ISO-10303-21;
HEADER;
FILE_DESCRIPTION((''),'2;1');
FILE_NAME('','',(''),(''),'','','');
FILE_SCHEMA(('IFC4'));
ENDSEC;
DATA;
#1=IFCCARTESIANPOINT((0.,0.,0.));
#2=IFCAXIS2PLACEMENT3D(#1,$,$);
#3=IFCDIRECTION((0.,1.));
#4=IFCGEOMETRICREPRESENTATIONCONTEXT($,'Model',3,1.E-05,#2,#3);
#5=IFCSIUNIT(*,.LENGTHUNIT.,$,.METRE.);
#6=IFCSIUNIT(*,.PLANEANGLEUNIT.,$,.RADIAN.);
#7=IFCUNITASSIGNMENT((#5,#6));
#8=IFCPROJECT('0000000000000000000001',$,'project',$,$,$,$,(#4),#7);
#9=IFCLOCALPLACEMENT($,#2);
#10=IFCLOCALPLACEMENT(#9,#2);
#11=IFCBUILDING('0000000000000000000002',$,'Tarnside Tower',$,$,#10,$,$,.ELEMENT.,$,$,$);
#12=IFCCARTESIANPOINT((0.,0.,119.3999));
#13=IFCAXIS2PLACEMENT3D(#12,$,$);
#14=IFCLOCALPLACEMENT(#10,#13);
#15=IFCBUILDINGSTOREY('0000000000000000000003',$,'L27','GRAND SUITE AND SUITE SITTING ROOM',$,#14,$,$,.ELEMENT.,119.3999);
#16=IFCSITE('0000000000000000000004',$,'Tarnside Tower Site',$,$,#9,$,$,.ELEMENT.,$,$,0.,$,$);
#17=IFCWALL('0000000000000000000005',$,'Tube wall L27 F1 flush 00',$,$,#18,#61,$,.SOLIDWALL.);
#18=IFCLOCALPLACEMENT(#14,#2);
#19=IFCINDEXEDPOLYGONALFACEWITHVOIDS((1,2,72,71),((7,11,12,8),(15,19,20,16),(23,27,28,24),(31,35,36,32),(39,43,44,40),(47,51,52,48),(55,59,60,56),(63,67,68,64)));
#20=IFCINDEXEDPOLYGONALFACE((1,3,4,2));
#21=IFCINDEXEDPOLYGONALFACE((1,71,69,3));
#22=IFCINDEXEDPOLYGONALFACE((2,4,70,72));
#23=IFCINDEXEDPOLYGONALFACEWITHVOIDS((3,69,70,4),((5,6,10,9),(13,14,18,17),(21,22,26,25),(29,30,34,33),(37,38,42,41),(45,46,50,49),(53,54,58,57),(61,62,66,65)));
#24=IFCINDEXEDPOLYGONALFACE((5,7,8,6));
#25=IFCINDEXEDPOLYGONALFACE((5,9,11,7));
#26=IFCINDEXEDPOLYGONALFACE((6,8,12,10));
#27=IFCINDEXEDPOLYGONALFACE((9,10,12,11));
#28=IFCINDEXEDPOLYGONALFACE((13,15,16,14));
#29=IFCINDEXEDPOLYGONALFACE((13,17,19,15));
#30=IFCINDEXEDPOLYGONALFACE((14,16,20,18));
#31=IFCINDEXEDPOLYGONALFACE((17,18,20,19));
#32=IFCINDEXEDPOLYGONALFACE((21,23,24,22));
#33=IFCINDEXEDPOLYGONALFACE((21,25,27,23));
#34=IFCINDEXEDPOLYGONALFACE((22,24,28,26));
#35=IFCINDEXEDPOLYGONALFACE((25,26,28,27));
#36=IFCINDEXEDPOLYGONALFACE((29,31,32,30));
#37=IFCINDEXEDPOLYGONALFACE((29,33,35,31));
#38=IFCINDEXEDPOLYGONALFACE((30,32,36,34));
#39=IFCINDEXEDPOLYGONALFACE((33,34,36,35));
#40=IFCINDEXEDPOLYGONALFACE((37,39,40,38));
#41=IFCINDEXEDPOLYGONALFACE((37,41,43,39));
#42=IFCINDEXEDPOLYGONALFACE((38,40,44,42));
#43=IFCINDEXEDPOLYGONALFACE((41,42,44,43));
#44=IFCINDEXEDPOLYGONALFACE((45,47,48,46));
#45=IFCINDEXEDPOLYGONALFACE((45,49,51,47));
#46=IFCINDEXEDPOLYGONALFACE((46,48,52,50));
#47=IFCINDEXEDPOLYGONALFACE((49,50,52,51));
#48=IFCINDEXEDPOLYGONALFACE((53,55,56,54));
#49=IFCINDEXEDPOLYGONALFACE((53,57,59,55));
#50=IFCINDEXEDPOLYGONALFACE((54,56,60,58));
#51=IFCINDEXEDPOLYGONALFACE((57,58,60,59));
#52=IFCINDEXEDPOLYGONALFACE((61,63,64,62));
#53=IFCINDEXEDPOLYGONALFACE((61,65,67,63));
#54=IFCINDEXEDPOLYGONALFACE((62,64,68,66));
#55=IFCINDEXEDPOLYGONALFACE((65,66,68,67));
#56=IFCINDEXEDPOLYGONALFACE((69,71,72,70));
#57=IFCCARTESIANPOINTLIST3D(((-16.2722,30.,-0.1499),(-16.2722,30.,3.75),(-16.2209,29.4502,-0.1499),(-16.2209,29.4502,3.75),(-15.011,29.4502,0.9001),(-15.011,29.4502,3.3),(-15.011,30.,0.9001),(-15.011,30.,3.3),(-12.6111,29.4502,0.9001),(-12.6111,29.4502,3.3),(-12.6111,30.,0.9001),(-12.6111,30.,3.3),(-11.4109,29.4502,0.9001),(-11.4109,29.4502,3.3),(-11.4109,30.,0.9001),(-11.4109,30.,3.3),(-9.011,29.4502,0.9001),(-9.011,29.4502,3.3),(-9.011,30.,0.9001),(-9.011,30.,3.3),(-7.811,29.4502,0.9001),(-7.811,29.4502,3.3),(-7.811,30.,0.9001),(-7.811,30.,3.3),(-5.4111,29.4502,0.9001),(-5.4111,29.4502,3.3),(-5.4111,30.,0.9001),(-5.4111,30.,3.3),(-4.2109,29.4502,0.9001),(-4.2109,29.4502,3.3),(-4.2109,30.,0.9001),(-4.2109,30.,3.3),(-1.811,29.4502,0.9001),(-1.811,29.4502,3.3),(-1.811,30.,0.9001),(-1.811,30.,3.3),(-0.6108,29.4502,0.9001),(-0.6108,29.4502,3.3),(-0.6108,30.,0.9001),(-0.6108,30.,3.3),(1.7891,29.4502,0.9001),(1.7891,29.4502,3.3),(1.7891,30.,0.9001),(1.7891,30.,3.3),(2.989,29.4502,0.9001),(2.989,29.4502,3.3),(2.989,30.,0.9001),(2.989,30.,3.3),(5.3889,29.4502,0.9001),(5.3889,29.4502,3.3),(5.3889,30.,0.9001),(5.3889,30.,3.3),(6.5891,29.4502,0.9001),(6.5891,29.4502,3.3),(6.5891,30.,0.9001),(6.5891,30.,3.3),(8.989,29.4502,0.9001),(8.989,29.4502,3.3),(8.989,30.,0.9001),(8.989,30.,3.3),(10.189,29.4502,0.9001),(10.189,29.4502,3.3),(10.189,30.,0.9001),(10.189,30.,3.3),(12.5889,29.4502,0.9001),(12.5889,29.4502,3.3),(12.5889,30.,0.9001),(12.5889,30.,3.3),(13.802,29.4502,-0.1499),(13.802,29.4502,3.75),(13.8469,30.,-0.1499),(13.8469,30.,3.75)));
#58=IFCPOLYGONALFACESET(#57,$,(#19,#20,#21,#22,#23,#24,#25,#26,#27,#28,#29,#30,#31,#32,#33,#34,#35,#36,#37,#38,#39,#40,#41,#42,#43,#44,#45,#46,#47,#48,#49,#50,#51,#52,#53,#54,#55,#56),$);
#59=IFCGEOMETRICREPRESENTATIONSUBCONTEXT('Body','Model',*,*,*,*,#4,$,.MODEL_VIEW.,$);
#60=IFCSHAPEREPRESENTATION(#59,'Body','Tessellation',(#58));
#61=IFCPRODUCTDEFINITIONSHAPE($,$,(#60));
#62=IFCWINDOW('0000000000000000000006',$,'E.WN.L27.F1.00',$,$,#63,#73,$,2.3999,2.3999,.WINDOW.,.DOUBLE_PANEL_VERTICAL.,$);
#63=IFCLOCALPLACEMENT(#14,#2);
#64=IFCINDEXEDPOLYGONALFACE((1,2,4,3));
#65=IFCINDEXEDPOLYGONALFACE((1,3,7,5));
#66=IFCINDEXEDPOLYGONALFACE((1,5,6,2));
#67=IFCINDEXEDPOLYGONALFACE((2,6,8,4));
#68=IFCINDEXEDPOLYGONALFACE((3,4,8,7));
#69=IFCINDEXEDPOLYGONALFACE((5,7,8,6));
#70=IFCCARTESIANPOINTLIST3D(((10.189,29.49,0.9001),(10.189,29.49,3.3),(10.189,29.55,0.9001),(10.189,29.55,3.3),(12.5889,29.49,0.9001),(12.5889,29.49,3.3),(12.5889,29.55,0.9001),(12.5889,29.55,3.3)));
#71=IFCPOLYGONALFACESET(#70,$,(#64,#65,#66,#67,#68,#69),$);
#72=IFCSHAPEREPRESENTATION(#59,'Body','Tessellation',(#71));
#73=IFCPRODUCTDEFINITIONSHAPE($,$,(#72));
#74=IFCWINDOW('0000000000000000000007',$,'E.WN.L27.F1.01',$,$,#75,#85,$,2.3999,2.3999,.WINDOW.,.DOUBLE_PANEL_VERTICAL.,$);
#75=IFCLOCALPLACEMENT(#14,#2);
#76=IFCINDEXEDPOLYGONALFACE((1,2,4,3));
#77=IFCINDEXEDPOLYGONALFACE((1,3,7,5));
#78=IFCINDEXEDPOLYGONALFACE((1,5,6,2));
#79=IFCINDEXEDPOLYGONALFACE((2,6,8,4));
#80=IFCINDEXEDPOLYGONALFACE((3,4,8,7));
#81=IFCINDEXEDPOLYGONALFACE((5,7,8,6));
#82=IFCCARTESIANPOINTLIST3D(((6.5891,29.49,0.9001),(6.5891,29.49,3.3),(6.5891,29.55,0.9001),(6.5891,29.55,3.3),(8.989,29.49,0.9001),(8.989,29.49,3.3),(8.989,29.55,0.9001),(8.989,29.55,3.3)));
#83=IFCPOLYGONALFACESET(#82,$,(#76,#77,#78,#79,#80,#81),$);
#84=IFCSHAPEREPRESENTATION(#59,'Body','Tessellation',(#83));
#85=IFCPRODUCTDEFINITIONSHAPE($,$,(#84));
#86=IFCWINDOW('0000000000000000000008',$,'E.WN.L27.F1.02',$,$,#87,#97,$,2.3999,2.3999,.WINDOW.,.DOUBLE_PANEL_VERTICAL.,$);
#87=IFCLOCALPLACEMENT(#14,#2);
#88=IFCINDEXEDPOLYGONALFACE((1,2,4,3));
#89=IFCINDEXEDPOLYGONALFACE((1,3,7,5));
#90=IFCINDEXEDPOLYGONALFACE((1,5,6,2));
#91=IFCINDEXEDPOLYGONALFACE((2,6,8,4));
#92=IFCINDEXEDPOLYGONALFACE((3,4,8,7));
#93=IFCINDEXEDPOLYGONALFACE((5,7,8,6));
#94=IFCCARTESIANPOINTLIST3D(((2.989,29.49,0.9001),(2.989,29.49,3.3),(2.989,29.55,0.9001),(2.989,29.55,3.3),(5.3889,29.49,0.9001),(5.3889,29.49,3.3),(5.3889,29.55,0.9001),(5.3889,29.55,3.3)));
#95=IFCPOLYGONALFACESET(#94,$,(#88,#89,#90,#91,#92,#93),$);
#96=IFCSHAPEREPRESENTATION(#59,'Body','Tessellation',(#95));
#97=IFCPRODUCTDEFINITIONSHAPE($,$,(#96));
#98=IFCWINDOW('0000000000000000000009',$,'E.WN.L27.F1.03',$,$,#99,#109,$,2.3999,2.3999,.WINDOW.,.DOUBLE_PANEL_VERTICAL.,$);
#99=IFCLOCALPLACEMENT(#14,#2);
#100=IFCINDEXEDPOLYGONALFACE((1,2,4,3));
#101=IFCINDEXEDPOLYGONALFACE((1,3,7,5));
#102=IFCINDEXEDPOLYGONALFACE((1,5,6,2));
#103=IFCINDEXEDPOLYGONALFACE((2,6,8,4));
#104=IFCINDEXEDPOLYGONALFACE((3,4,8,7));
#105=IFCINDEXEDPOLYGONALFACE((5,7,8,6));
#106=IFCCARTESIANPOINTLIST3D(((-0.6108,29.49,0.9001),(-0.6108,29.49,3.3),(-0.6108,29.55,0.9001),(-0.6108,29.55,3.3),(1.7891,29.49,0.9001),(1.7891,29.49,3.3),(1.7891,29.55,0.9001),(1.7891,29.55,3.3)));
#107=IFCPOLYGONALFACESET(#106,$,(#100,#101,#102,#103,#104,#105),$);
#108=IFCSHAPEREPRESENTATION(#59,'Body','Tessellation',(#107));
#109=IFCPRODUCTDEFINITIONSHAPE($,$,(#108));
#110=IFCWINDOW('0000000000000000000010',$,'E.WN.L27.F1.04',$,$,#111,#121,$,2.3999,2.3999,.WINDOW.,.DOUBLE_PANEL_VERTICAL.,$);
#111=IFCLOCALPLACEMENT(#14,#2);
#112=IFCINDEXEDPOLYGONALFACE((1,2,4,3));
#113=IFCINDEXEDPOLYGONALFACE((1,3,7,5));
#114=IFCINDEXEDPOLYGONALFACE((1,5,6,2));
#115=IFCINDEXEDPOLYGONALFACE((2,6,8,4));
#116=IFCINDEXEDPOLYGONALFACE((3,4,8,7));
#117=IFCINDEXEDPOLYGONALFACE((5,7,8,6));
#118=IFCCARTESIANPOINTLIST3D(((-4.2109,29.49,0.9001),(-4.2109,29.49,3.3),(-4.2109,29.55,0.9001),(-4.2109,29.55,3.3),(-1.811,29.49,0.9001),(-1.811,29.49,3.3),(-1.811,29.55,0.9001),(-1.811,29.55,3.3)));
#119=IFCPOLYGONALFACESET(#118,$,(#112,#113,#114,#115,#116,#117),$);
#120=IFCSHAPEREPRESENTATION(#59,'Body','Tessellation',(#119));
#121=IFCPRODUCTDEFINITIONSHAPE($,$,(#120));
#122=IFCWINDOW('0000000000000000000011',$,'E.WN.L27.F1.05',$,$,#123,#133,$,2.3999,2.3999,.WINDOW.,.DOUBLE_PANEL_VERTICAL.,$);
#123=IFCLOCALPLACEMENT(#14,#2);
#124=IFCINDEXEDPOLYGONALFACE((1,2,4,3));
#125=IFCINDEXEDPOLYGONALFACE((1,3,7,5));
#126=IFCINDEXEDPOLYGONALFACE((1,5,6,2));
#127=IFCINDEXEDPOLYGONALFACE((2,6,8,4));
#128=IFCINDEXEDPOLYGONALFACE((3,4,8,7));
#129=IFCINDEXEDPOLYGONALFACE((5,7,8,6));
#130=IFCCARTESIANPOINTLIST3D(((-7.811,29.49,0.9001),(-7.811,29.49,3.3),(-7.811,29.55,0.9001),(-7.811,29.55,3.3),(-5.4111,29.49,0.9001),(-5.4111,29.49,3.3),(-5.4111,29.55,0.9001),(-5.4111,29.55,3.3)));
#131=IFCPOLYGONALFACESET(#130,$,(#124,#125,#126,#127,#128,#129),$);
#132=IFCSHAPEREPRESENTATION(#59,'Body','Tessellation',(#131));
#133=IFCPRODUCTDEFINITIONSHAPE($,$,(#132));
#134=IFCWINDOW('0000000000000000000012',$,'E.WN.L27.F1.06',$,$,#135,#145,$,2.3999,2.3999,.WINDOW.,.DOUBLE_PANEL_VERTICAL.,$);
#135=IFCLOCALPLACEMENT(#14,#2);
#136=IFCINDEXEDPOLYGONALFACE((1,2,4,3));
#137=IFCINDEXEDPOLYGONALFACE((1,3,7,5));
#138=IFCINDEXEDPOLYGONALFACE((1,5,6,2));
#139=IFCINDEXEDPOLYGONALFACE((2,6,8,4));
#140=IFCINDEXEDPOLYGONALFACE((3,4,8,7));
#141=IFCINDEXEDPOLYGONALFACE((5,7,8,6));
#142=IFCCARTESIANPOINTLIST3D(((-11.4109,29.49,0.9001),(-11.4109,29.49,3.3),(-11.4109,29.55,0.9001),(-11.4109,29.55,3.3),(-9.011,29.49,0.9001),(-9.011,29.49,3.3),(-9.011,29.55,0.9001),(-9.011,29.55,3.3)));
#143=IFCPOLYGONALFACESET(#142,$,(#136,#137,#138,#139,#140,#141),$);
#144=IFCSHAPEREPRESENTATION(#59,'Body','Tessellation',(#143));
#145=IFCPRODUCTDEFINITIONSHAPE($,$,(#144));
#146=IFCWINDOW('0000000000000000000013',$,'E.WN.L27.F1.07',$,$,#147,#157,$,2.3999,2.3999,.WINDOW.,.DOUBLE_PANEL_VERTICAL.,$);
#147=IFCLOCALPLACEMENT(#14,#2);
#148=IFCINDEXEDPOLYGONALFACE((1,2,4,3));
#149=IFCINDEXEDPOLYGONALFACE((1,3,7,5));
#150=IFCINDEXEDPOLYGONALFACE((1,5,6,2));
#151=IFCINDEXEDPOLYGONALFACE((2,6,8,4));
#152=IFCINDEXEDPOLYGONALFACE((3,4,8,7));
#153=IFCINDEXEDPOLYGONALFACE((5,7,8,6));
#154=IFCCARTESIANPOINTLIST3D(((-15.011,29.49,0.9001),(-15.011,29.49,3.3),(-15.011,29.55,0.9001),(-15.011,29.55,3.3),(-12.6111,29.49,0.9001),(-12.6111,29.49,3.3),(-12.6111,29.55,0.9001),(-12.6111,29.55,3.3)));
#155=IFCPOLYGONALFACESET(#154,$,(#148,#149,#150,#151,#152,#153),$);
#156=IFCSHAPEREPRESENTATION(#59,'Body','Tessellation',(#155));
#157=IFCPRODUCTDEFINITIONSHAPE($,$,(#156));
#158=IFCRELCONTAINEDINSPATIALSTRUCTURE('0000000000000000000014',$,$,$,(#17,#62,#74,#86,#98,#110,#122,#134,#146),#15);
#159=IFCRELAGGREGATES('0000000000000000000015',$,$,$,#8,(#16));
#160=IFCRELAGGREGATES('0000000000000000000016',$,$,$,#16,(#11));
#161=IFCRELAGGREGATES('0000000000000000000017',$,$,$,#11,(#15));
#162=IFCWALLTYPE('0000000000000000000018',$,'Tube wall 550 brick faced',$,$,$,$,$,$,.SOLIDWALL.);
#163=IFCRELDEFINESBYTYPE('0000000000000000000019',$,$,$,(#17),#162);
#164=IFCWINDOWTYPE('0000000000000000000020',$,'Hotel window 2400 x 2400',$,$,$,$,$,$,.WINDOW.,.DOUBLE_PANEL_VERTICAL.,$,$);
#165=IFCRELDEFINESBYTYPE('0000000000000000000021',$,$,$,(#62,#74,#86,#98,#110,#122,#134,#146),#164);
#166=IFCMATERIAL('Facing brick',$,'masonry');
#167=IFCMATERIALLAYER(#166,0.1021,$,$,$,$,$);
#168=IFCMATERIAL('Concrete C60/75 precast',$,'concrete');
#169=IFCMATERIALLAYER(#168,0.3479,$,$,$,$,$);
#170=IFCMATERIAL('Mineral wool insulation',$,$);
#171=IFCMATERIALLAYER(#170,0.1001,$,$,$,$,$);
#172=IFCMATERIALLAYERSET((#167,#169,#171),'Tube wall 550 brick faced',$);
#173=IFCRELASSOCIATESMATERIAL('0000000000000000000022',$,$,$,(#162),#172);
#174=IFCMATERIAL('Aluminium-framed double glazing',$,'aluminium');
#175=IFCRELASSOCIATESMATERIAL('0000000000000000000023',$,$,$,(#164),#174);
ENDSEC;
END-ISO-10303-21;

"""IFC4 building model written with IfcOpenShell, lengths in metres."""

from ifc_helpers import new_model, si_unit, direction, frame, frame_2d, origin, place, context, subcontext, project, spatial, polyline, rectangle, outline, extrude, material, layer, layer_set, type_object, element, fill, save


model = new_model("IFC4")

# Units and contexts
model_context = context("Model", 3, precision=1e-05, world=origin(), true_north=direction((0.0, 1.0)))
body_context = subcontext(model_context, "Body", "Model", "MODEL_VIEW")
ifc_project = project(units=[si_unit("LENGTHUNIT", "METRE"), si_unit("PLANEANGLEUNIT", "RADIAN")], contexts=[model_context])

# Site, building, storey
site_placement = place(None, origin())
site = spatial("IfcSite", under=ifc_project, at=site_placement, Name="Tarnside Tower Site", CompositionType="ELEMENT", RefElevation=0.0)
building_placement = place(site_placement, origin())
building = spatial("IfcBuilding", under=site, at=building_placement, Name="Tarnside Tower", CompositionType="ELEMENT")
storey_placement = place(building_placement, frame((0.0, 0.0, 119.3999)))
storey = spatial("IfcBuildingStorey", under=building, at=storey_placement, Name="L27", Description="GRAND SUITE AND SUITE SITTING ROOM", CompositionType="ELEMENT", Elevation=119.3999)

# Wall, openings, windows
ifc_material_1 = material(Name="Facing brick", Category="masonry")
ifc_layer_1 = layer(ifc_material_1, 0.1021)
ifc_material_2 = material(Name="Concrete C60/75 precast", Category="concrete")
ifc_layer_2 = layer(ifc_material_2, 0.3479)
ifc_material_3 = material(Name="Mineral wool insulation")
ifc_layer_3 = layer(ifc_material_3, 0.1001)
ifc_layer_set_1 = layer_set([ifc_layer_1, ifc_layer_2, ifc_layer_3], Name="Tube wall 550 brick faced")
wall_type_1 = type_object("IfcWallType", Name="Tube wall 550 brick faced", PredefinedType="SOLIDWALL", material=ifc_layer_set_1)
wall_1_placement = place(storey_placement, frame((13.8245, 29.7251, -0.1499), z_axis=(0.0, 0.0, 1.0), x_axis=(-1.0, 0.0, 0.0)))
wall_1 = element("IfcWall", 1, at=wall_1_placement, inside=storey, type_object=wall_type_1, Name="Tube wall L27 F1 flush 00", PredefinedType="SOLIDWALL", context=body_context, shape_type="SweptSolid", body=[
    extrude(outline(polyline([(-0.0225, -0.2749), (30.0967, -0.2749), (30.0454, 0.2749), (0.0225, 0.2749), (-0.0225, -0.2749)])), origin(), (0.0, 0.0, 1.0), 3.8999),
])
opening_1_placement = place(wall_1_placement, frame((1.2356, 0.0, 1.05)))
opening_1 = element("IfcOpeningElement", 2, at=opening_1_placement, cuts=wall_1, PredefinedType="OPENING", context=body_context, shape_type="SweptSolid", body=[
    extrude(rectangle(XDim=2.3999, YDim=2.3999, at=frame_2d((1.2, 1.2))), frame((0.0, 0.2852, 0.0), z_axis=(0.0, -1.0, 0.0), x_axis=(1.0, 0.0, 0.0)), (0.0, 0.0, 1.0), 0.5701),
])
opening_2_placement = place(wall_1_placement, frame((4.8354, 0.0, 1.05)))
opening_2 = element("IfcOpeningElement", 3, at=opening_2_placement, cuts=wall_1, PredefinedType="OPENING", context=body_context, shape_type="SweptSolid", body=[
    extrude(rectangle(XDim=2.3999, YDim=2.3999, at=frame_2d((1.2, 1.2))), frame((0.0, 0.2852, 0.0), z_axis=(0.0, -1.0, 0.0), x_axis=(1.0, 0.0, 0.0)), (0.0, 0.0, 1.0), 0.5701),
])
opening_3_placement = place(wall_1_placement, frame((8.4355, 0.0, 1.05)))
opening_3 = element("IfcOpeningElement", 4, at=opening_3_placement, cuts=wall_1, PredefinedType="OPENING", context=body_context, shape_type="SweptSolid", body=[
    extrude(rectangle(XDim=2.3999, YDim=2.3999, at=frame_2d((1.2, 1.2))), frame((0.0, 0.2852, 0.0), z_axis=(0.0, -1.0, 0.0), x_axis=(1.0, 0.0, 0.0)), (0.0, 0.0, 1.0), 0.5701),
])
opening_4_placement = place(wall_1_placement, frame((12.0354, 0.0, 1.05)))
opening_4 = element("IfcOpeningElement", 5, at=opening_4_placement, cuts=wall_1, PredefinedType="OPENING", context=body_context, shape_type="SweptSolid", body=[
    extrude(rectangle(XDim=2.3999, YDim=2.3999, at=frame_2d((1.2, 1.2))), frame((0.0, 0.2852, 0.0), z_axis=(0.0, -1.0, 0.0), x_axis=(1.0, 0.0, 0.0)), (0.0, 0.0, 1.0), 0.5701),
])
opening_5_placement = place(wall_1_placement, frame((15.6355, 0.0, 1.05)))
opening_5 = element("IfcOpeningElement", 6, at=opening_5_placement, cuts=wall_1, PredefinedType="OPENING", context=body_context, shape_type="SweptSolid", body=[
    extrude(rectangle(XDim=2.3999, YDim=2.3999, at=frame_2d((1.2, 1.2))), frame((0.0, 0.2852, 0.0), z_axis=(0.0, -1.0, 0.0), x_axis=(1.0, 0.0, 0.0)), (0.0, 0.0, 1.0), 0.5701),
])
opening_6_placement = place(wall_1_placement, frame((19.2356, 0.0, 1.05)))
opening_6 = element("IfcOpeningElement", 7, at=opening_6_placement, cuts=wall_1, PredefinedType="OPENING", context=body_context, shape_type="SweptSolid", body=[
    extrude(rectangle(XDim=2.3999, YDim=2.3999, at=frame_2d((1.2, 1.2))), frame((0.0, 0.2852, 0.0), z_axis=(0.0, -1.0, 0.0), x_axis=(1.0, 0.0, 0.0)), (0.0, 0.0, 1.0), 0.5701),
])
opening_7_placement = place(wall_1_placement, frame((22.8354, 0.0, 1.05)))
opening_7 = element("IfcOpeningElement", 8, at=opening_7_placement, cuts=wall_1, PredefinedType="OPENING", context=body_context, shape_type="SweptSolid", body=[
    extrude(rectangle(XDim=2.3999, YDim=2.3999, at=frame_2d((1.2, 1.2))), frame((0.0, 0.2852, 0.0), z_axis=(0.0, -1.0, 0.0), x_axis=(1.0, 0.0, 0.0)), (0.0, 0.0, 1.0), 0.5701),
])
opening_8_placement = place(wall_1_placement, frame((26.4355, 0.0, 1.05)))
opening_8 = element("IfcOpeningElement", 9, at=opening_8_placement, cuts=wall_1, PredefinedType="OPENING", context=body_context, shape_type="SweptSolid", body=[
    extrude(rectangle(XDim=2.3999, YDim=2.3999, at=frame_2d((1.2, 1.2))), frame((0.0, 0.2852, 0.0), z_axis=(0.0, -1.0, 0.0), x_axis=(1.0, 0.0, 0.0)), (0.0, 0.0, 1.0), 0.5701),
])
ifc_material_4 = material(Name="Aluminium-framed double glazing", Category="aluminium")
window_type = type_object("IfcWindowType", Name="Hotel window 2400 x 2400", PartitioningType="DOUBLE_PANEL_VERTICAL", PredefinedType="WINDOW", material=ifc_material_4)
window_1_placement = place(opening_1_placement, frame((0.0, 0.2051, 0.0)))
window_1 = element("IfcWindow", 10, at=window_1_placement, inside=storey, type_object=window_type, Name="E.WN.L27.F1.00", OverallHeight=2.3999, OverallWidth=2.3999, PartitioningType="DOUBLE_PANEL_VERTICAL", PredefinedType="WINDOW", context=body_context, shape_type="SweptSolid", body=[
    extrude(rectangle(XDim=2.3999, YDim=2.3999, at=frame_2d((1.2, 1.2))), frame((0.0, 0.03, 0.0), z_axis=(0.0, -1.0, 0.0), x_axis=(1.0, 0.0, 0.0)), (0.0, 0.0, 1.0), 0.0601),
])
fill(opening_1, window_1)
window_2_placement = place(opening_2_placement, frame((0.0, 0.2051, 0.0)))
window_2 = element("IfcWindow", 11, at=window_2_placement, inside=storey, type_object=window_type, Name="E.WN.L27.F1.01", OverallHeight=2.3999, OverallWidth=2.3999, PartitioningType="DOUBLE_PANEL_VERTICAL", PredefinedType="WINDOW", context=body_context, shape_type="SweptSolid", body=[
    extrude(rectangle(XDim=2.3999, YDim=2.3999, at=frame_2d((1.2, 1.2))), frame((0.0, 0.03, 0.0), z_axis=(0.0, -1.0, 0.0), x_axis=(1.0, 0.0, 0.0)), (0.0, 0.0, 1.0), 0.0601),
])
fill(opening_2, window_2)
window_3_placement = place(opening_3_placement, frame((0.0, 0.2051, 0.0)))
window_3 = element("IfcWindow", 12, at=window_3_placement, inside=storey, type_object=window_type, Name="E.WN.L27.F1.02", OverallHeight=2.3999, OverallWidth=2.3999, PartitioningType="DOUBLE_PANEL_VERTICAL", PredefinedType="WINDOW", context=body_context, shape_type="SweptSolid", body=[
    extrude(rectangle(XDim=2.3999, YDim=2.3999, at=frame_2d((1.2, 1.2))), frame((0.0, 0.03, 0.0), z_axis=(0.0, -1.0, 0.0), x_axis=(1.0, 0.0, 0.0)), (0.0, 0.0, 1.0), 0.0601),
])
fill(opening_3, window_3)
window_4_placement = place(opening_4_placement, frame((0.0, 0.2051, 0.0)))
window_4 = element("IfcWindow", 13, at=window_4_placement, inside=storey, type_object=window_type, Name="E.WN.L27.F1.03", OverallHeight=2.3999, OverallWidth=2.3999, PartitioningType="DOUBLE_PANEL_VERTICAL", PredefinedType="WINDOW", context=body_context, shape_type="SweptSolid", body=[
    extrude(rectangle(XDim=2.3999, YDim=2.3999, at=frame_2d((1.2, 1.2))), frame((0.0, 0.03, 0.0), z_axis=(0.0, -1.0, 0.0), x_axis=(1.0, 0.0, 0.0)), (0.0, 0.0, 1.0), 0.0601),
])
fill(opening_4, window_4)
window_5_placement = place(opening_5_placement, frame((0.0, 0.2051, 0.0)))
window_5 = element("IfcWindow", 14, at=window_5_placement, inside=storey, type_object=window_type, Name="E.WN.L27.F1.04", OverallHeight=2.3999, OverallWidth=2.3999, PartitioningType="DOUBLE_PANEL_VERTICAL", PredefinedType="WINDOW", context=body_context, shape_type="SweptSolid", body=[
    extrude(rectangle(XDim=2.3999, YDim=2.3999, at=frame_2d((1.2, 1.2))), frame((0.0, 0.03, 0.0), z_axis=(0.0, -1.0, 0.0), x_axis=(1.0, 0.0, 0.0)), (0.0, 0.0, 1.0), 0.0601),
])
fill(opening_5, window_5)
window_6_placement = place(opening_6_placement, frame((0.0, 0.2051, 0.0)))
window_6 = element("IfcWindow", 15, at=window_6_placement, inside=storey, type_object=window_type, Name="E.WN.L27.F1.05", OverallHeight=2.3999, OverallWidth=2.3999, PartitioningType="DOUBLE_PANEL_VERTICAL", PredefinedType="WINDOW", context=body_context, shape_type="SweptSolid", body=[
    extrude(rectangle(XDim=2.3999, YDim=2.3999, at=frame_2d((1.2, 1.2))), frame((0.0, 0.03, 0.0), z_axis=(0.0, -1.0, 0.0), x_axis=(1.0, 0.0, 0.0)), (0.0, 0.0, 1.0), 0.0601),
])
fill(opening_6, window_6)
window_7_placement = place(opening_7_placement, frame((0.0, 0.2051, 0.0)))
window_7 = element("IfcWindow", 16, at=window_7_placement, inside=storey, type_object=window_type, Name="E.WN.L27.F1.06", OverallHeight=2.3999, OverallWidth=2.3999, PartitioningType="DOUBLE_PANEL_VERTICAL", PredefinedType="WINDOW", context=body_context, shape_type="SweptSolid", body=[
    extrude(rectangle(XDim=2.3999, YDim=2.3999, at=frame_2d((1.2, 1.2))), frame((0.0, 0.03, 0.0), z_axis=(0.0, -1.0, 0.0), x_axis=(1.0, 0.0, 0.0)), (0.0, 0.0, 1.0), 0.0601),
])
fill(opening_7, window_7)
window_8_placement = place(opening_8_placement, frame((0.0, 0.2051, 0.0)))
window_8 = element("IfcWindow", 17, at=window_8_placement, inside=storey, type_object=window_type, Name="E.WN.L27.F1.07", OverallHeight=2.3999, OverallWidth=2.3999, PartitioningType="DOUBLE_PANEL_VERTICAL", PredefinedType="WINDOW", context=body_context, shape_type="SweptSolid", body=[
    extrude(rectangle(XDim=2.3999, YDim=2.3999, at=frame_2d((1.2, 1.2))), frame((0.0, 0.03, 0.0), z_axis=(0.0, -1.0, 0.0), x_axis=(1.0, 0.0, 0.0)), (0.0, 0.0, 1.0), 0.0601),
])
fill(opening_8, window_8)

save(model, "model.ifc")
